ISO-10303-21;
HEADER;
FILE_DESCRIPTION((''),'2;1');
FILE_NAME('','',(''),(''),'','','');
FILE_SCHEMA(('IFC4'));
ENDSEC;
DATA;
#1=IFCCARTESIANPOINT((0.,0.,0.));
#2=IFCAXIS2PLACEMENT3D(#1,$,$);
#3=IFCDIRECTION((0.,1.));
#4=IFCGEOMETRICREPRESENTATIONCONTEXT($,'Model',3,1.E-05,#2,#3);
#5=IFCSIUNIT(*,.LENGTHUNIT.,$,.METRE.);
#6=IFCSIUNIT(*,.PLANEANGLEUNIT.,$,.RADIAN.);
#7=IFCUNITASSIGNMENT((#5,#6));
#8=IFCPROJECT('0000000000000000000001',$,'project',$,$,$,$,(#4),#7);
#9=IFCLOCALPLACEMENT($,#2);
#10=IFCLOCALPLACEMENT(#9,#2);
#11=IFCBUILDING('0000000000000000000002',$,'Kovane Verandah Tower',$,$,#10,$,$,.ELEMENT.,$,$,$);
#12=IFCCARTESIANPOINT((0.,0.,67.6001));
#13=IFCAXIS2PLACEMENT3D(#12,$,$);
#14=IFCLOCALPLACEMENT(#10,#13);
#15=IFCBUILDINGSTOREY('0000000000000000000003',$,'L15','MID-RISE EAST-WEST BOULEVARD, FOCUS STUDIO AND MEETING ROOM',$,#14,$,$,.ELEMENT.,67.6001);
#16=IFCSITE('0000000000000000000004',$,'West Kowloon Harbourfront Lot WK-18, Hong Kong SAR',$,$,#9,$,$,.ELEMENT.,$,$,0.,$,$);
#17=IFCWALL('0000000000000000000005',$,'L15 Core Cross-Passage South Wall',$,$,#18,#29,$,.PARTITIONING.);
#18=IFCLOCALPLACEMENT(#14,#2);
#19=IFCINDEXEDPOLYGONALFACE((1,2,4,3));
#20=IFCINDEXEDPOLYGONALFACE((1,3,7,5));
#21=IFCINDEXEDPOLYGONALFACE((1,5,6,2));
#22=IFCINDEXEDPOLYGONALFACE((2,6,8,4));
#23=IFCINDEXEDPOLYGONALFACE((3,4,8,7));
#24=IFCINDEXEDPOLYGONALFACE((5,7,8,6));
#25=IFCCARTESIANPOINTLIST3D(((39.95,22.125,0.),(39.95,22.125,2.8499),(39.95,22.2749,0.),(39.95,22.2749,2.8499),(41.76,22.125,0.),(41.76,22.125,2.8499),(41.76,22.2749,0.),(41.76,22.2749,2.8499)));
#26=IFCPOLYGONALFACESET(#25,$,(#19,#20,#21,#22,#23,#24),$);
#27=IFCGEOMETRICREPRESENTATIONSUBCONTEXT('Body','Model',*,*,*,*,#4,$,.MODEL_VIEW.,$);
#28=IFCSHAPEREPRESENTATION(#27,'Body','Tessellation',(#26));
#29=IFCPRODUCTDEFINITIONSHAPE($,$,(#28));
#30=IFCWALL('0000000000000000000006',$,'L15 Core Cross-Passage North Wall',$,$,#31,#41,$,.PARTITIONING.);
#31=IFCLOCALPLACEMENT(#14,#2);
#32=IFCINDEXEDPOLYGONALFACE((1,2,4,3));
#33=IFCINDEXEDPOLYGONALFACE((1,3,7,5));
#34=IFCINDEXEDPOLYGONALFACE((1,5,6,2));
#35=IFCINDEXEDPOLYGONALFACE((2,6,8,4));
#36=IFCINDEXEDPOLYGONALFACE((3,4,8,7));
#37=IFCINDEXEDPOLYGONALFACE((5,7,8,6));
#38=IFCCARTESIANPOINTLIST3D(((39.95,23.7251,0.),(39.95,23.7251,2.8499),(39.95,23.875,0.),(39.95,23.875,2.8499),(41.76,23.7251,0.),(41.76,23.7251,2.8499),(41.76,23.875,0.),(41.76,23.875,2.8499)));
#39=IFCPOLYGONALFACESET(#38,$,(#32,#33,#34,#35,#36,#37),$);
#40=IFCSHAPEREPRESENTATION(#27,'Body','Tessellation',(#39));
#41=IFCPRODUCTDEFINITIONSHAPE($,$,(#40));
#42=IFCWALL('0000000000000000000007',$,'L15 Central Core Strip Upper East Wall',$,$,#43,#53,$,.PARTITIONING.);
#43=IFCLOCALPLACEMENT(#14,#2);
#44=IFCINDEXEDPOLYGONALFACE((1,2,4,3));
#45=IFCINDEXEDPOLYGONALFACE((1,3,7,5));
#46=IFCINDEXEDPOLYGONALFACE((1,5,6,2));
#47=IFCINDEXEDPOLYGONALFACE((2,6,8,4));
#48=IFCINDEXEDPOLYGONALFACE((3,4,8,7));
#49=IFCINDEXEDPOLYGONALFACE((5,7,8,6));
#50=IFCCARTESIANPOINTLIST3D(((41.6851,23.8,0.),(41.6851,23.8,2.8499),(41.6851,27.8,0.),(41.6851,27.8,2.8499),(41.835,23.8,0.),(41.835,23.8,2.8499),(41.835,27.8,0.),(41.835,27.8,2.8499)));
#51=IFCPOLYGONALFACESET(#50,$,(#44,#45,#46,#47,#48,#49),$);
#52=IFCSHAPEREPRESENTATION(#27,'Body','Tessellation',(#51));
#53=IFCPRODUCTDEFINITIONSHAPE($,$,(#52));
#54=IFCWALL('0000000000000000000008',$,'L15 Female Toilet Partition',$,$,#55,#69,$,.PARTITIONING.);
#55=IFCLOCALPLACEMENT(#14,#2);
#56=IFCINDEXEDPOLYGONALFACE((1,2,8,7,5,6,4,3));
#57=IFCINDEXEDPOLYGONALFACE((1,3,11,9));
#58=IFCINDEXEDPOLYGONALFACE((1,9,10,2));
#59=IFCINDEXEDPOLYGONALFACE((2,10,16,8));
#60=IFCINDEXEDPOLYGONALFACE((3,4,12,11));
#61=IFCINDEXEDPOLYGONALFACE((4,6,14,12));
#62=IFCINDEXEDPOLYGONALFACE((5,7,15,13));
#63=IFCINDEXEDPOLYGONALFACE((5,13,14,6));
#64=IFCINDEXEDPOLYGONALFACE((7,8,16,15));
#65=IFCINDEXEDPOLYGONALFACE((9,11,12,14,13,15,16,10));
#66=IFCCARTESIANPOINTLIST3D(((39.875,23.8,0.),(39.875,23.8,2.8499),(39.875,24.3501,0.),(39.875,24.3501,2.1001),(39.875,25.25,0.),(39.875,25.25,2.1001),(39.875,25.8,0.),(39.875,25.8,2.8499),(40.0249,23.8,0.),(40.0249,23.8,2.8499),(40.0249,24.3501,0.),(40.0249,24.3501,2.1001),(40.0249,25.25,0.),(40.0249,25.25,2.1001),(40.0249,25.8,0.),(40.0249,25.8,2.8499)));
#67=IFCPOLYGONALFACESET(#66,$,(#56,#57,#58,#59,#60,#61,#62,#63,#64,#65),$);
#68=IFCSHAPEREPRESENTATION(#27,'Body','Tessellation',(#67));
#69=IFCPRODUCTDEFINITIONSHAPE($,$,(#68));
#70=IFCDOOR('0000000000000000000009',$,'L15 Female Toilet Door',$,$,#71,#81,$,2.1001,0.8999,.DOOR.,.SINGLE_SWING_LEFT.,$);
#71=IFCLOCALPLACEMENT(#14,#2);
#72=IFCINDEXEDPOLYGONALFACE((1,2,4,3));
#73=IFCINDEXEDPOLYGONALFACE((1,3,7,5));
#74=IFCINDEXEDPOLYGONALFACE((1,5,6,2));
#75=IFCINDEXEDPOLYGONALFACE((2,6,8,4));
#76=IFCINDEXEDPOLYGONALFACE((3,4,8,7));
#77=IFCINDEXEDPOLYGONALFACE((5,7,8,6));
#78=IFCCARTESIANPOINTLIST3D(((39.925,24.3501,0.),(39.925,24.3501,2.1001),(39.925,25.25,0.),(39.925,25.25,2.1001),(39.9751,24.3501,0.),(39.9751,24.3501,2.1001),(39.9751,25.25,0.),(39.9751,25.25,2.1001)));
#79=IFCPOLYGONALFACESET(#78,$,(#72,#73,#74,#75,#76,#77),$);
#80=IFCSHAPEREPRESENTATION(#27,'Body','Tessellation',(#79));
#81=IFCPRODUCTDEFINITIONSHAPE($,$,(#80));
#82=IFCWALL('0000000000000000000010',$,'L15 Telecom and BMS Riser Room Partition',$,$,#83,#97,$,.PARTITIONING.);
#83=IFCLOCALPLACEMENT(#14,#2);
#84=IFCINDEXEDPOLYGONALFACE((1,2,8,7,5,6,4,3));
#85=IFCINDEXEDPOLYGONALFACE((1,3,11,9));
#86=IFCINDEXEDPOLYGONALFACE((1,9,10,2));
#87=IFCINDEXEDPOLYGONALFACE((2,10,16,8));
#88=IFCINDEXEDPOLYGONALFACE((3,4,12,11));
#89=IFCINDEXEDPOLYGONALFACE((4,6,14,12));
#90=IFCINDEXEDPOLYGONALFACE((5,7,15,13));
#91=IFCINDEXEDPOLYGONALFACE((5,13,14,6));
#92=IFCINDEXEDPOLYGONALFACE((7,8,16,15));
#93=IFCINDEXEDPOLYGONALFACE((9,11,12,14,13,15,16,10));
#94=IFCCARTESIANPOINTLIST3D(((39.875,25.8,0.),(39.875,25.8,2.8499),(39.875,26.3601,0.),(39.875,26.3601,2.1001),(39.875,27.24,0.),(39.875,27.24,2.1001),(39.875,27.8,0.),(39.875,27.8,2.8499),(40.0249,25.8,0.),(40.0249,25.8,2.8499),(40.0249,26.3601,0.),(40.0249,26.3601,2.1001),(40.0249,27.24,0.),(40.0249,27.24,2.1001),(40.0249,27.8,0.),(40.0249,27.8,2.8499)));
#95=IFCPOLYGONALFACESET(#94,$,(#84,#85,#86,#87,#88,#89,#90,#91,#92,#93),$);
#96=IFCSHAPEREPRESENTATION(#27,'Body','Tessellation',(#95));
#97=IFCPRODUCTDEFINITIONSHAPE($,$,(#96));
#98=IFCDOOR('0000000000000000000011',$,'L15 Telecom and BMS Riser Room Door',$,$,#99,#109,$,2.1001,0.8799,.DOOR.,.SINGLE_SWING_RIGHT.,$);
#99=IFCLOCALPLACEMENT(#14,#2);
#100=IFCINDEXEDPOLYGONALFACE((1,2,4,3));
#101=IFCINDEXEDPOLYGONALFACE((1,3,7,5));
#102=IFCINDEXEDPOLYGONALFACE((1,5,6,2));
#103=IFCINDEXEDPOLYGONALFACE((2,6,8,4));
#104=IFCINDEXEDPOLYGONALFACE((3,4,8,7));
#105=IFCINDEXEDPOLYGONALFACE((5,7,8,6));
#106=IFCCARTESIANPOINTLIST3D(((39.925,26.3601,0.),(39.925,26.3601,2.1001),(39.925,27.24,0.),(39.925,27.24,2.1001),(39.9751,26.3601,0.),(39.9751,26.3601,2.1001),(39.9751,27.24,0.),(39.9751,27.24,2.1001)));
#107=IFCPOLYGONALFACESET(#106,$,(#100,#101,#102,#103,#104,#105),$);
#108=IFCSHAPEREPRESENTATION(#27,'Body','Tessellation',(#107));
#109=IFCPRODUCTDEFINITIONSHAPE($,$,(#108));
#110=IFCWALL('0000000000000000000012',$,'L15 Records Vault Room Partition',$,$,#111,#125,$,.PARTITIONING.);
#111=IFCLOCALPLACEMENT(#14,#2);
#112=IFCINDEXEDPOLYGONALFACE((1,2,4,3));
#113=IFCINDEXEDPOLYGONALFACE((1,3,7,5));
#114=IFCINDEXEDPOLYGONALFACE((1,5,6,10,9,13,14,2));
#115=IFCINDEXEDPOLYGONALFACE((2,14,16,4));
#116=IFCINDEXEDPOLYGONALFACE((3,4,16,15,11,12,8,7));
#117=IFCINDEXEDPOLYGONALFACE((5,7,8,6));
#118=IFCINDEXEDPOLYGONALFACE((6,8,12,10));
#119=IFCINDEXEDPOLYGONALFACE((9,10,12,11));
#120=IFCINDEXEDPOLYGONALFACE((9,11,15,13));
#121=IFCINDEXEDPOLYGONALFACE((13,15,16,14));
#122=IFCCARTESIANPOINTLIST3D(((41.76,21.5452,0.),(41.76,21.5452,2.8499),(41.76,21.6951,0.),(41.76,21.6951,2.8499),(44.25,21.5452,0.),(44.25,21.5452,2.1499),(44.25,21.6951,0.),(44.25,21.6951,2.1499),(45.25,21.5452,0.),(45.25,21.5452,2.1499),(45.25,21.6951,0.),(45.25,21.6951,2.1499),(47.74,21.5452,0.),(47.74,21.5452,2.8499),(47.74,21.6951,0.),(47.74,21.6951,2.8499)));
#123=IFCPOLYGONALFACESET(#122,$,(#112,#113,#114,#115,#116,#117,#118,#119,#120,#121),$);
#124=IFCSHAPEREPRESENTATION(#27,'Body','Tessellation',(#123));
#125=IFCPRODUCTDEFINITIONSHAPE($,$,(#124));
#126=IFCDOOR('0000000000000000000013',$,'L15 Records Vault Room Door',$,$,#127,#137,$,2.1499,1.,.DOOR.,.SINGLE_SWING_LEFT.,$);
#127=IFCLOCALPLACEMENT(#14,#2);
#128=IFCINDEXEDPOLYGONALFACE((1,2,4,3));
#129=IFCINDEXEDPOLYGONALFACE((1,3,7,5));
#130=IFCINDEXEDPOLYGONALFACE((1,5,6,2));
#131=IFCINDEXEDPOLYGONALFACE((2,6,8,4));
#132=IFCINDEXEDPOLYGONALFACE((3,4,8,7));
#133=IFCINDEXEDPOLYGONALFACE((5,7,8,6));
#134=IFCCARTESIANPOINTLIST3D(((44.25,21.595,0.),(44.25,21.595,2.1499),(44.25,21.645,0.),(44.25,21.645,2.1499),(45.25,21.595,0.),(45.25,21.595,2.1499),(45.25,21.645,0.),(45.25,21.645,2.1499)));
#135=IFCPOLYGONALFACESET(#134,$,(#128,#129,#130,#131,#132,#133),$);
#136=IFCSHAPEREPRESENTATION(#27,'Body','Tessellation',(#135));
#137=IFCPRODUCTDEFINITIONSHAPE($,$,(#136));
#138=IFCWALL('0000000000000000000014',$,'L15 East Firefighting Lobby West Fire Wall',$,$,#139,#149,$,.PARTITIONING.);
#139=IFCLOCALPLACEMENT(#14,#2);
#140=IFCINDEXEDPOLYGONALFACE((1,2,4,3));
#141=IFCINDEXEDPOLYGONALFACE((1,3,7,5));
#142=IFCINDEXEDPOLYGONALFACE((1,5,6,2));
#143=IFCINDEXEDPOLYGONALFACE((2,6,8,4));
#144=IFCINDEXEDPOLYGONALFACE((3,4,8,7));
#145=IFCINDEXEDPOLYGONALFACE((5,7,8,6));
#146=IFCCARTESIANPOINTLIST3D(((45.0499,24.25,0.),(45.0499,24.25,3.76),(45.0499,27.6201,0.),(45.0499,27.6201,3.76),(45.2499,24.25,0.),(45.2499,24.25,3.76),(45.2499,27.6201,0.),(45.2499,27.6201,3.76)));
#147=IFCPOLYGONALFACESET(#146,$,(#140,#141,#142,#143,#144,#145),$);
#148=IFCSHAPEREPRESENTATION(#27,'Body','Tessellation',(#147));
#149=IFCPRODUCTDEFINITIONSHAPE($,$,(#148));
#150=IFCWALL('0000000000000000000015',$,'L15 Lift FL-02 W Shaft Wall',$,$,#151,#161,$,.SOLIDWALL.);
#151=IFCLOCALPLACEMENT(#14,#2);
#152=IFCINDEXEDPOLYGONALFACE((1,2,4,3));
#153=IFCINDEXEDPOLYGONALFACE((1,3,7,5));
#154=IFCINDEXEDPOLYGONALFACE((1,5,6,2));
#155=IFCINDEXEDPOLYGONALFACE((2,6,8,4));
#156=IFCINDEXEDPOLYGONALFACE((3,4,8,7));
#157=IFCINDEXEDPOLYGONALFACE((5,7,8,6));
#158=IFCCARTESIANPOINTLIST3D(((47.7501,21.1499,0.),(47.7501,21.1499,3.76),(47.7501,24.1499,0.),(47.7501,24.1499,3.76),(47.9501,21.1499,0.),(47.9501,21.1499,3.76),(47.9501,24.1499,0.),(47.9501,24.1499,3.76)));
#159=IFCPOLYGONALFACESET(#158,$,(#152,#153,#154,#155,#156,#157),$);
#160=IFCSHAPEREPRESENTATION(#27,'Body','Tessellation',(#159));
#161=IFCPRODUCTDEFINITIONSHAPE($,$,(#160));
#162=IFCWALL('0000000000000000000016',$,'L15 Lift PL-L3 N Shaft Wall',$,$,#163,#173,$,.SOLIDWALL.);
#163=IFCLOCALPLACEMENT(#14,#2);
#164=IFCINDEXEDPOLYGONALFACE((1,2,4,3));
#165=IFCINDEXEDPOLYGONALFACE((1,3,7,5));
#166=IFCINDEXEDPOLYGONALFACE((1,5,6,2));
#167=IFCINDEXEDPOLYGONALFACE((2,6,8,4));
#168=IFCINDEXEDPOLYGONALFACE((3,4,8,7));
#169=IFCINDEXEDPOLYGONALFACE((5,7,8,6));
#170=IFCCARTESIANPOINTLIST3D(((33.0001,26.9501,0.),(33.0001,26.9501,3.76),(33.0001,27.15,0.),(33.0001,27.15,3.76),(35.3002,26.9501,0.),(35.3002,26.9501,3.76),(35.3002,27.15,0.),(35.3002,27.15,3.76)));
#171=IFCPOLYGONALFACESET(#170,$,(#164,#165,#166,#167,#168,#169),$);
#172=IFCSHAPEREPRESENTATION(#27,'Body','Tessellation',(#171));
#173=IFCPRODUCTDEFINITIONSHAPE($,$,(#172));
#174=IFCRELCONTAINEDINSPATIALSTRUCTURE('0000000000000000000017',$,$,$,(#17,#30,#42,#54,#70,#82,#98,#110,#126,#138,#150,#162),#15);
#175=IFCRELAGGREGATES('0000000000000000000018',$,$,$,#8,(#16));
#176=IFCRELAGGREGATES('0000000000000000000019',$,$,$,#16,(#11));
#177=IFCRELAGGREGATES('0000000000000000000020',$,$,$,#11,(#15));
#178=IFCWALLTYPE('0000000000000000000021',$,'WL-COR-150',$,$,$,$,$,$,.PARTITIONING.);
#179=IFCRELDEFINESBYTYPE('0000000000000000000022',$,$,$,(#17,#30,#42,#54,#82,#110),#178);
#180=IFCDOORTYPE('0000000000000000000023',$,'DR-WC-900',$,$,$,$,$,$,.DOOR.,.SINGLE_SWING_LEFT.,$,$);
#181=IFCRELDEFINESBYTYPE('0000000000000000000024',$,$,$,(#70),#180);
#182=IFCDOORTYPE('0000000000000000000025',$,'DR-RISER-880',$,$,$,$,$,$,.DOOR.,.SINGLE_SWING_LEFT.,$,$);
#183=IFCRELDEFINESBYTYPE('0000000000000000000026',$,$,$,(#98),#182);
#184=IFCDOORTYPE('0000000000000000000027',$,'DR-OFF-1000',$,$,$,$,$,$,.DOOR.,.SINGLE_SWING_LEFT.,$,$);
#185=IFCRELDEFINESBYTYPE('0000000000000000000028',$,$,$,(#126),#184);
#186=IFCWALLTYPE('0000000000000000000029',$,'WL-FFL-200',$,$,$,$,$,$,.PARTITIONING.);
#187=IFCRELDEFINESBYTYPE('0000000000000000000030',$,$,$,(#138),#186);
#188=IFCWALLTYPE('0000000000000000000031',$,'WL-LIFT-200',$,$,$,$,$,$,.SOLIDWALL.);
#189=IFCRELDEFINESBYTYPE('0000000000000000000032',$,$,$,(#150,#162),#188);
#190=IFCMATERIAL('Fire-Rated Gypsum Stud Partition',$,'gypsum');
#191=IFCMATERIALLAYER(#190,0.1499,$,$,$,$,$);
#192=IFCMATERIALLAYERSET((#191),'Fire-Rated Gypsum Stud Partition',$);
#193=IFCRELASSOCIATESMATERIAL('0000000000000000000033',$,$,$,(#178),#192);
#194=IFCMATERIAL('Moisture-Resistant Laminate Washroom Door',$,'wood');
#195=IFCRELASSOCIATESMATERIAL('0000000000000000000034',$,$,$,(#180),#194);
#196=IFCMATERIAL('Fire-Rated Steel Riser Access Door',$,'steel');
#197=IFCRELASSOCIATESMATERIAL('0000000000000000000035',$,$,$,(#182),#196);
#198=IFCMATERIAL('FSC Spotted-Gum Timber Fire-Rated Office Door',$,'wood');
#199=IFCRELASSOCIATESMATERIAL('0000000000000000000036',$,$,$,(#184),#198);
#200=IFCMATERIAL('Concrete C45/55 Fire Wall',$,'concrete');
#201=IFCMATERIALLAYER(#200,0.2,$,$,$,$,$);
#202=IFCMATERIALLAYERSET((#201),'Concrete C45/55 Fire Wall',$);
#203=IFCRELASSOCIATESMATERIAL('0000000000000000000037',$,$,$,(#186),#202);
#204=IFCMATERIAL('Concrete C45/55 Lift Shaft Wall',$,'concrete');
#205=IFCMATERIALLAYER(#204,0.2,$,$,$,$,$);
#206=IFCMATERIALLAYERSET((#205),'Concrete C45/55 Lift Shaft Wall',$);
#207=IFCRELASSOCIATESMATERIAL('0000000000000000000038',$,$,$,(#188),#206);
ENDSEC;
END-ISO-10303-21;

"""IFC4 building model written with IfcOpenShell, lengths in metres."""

from ifc_helpers import new_model, si_unit, direction, frame, frame_2d, origin, place, context, subcontext, project, spatial, rectangle, extrude, material, layer, layer_set, type_object, element, fill, save


model = new_model("IFC4")

# Units and contexts
model_context = context("Model", 3, precision=1e-05, world=origin(), true_north=direction((0.0, 1.0)))
body_context = subcontext(model_context, "Body", "Model", "MODEL_VIEW")
ifc_project = project(units=[si_unit("LENGTHUNIT", "METRE"), si_unit("PLANEANGLEUNIT", "RADIAN")], contexts=[model_context])

# Site, building, storey
site_placement = place(None, origin())
site = spatial("IfcSite", under=ifc_project, at=site_placement, Name="West Kowloon Harbourfront Lot WK-18, Hong Kong SAR", CompositionType="ELEMENT", RefElevation=0.0)
building_placement = place(site_placement, origin())
building = spatial("IfcBuilding", under=site, at=building_placement, Name="Kovane Verandah Tower", CompositionType="ELEMENT")
storey_placement = place(building_placement, frame((0.0, 0.0, 67.6001)))
storey = spatial("IfcBuildingStorey", under=building, at=storey_placement, Name="L15", Description="MID-RISE EAST-WEST BOULEVARD, FOCUS STUDIO AND MEETING ROOM", CompositionType="ELEMENT", Elevation=67.6001)

# Walls
ifc_material_1 = material(Name="Fire-Rated Gypsum Stud Partition", Category="gypsum")
ifc_layer_1 = layer(ifc_material_1, 0.1499)
ifc_layer_set_1 = layer_set([ifc_layer_1], Name="Fire-Rated Gypsum Stud Partition")
wall_type_1 = type_object("IfcWallType", Name="WL-COR-150", PredefinedType="PARTITIONING", material=ifc_layer_set_1)
for number, where, z_axis, x_axis, name in (
    (1, (39.95, 22.2, 0.0), (0.0, 0.0, 1.0), (1.0, 0.0, 0.0), "L15 Core Cross-Passage South Wall"),
    (2, (39.95, 23.8, 0.0), (0.0, 0.0, 1.0), (1.0, 0.0, 0.0), "L15 Core Cross-Passage North Wall"),
):
    element("IfcWall", number, at=place(storey_placement, frame(where, z_axis=z_axis, x_axis=x_axis)), inside=storey, type_object=wall_type_1, Name=name, PredefinedType="PARTITIONING", context=body_context, shape_type="SweptSolid", body=[
        extrude(rectangle(XDim=1.8101, YDim=0.1499, at=frame_2d((0.905, 0.0))), origin(), (0.0, 0.0, 1.0), 2.8499),
    ])
wall_1_placement = place(storey_placement, frame((41.76, 23.8, 0.0), z_axis=(0.0, 0.0, 1.0), x_axis=(0.0, 1.0, 0.0)))
element("IfcWall", 3, at=wall_1_placement, inside=storey, type_object=wall_type_1, Name="L15 Central Core Strip Upper East Wall", PredefinedType="PARTITIONING", context=body_context, shape_type="SweptSolid", body=[
    extrude(rectangle(XDim=4.0, YDim=0.1499, at=frame_2d((2.0, 0.0))), origin(), (0.0, 0.0, 1.0), 2.8499),
])

# Walls, openings, doors
wall_2_placement = place(storey_placement, frame((39.95, 23.8, 0.0), z_axis=(0.0, 0.0, 1.0), x_axis=(0.0, 1.0, 0.0)))
wall_2 = element("IfcWall", 4, at=wall_2_placement, inside=storey, type_object=wall_type_1, Name="L15 Female Toilet Partition", PredefinedType="PARTITIONING", context=body_context, shape_type="SweptSolid", body=[
    extrude(rectangle(XDim=2.0, YDim=0.1499, at=frame_2d((1.0, 0.0))), origin(), (0.0, 0.0, 1.0), 2.8499),
])
opening_1_placement = place(wall_2_placement, frame((0.55, 0.0, 0.0)))
opening_1 = element("IfcOpeningElement", 5, at=opening_1_placement, cuts=wall_2, PredefinedType="OPENING", context=body_context, shape_type="SweptSolid", body=[
    extrude(rectangle(XDim=0.8999, YDim=2.1001, at=frame_2d((0.45, 1.05))), frame((0.0, 0.075, 0.0), z_axis=(0.0, -1.0, 0.0), x_axis=(1.0, 0.0, 0.0)), (0.0, 0.0, 1.0), 0.1499),
])
ifc_material_2 = material(Name="Moisture-Resistant Laminate Washroom Door", Category="wood")
door_type_1 = type_object("IfcDoorType", Name="DR-WC-900", OperationType="SINGLE_SWING_LEFT", PredefinedType="DOOR", material=ifc_material_2)
door_1_placement = place(opening_1_placement, origin())
door_1 = element("IfcDoor", 6, at=door_1_placement, inside=storey, type_object=door_type_1, Name="L15 Female Toilet Door", OperationType="SINGLE_SWING_LEFT", OverallHeight=2.1001, OverallWidth=0.8999, PredefinedType="DOOR", context=body_context, shape_type="SweptSolid", body=[
    extrude(rectangle(XDim=0.8999, YDim=2.1001, at=frame_2d((0.45, 1.05))), frame((0.0, 0.0249, 0.0), z_axis=(0.0, -1.0, 0.0), x_axis=(1.0, 0.0, 0.0)), (0.0, 0.0, 1.0), 0.05),
])
fill(opening_1, door_1)
wall_3_placement = place(storey_placement, frame((39.95, 25.8, 0.0), z_axis=(0.0, 0.0, 1.0), x_axis=(0.0, 1.0, 0.0)))
wall_3 = element("IfcWall", 7, at=wall_3_placement, inside=storey, type_object=wall_type_1, Name="L15 Telecom and BMS Riser Room Partition", PredefinedType="PARTITIONING", context=body_context, shape_type="SweptSolid", body=[
    extrude(rectangle(XDim=2.0, YDim=0.1499, at=frame_2d((1.0, 0.0))), origin(), (0.0, 0.0, 1.0), 2.8499),
])
opening_2_placement = place(wall_3_placement, frame((0.5601, 0.0, 0.0)))
opening_2 = element("IfcOpeningElement", 8, at=opening_2_placement, cuts=wall_3, PredefinedType="OPENING", context=body_context, shape_type="SweptSolid", body=[
    extrude(rectangle(XDim=0.8799, YDim=2.1001, at=frame_2d((0.4399, 1.05))), frame((0.0, 0.075, 0.0), z_axis=(0.0, -1.0, 0.0), x_axis=(1.0, 0.0, 0.0)), (0.0, 0.0, 1.0), 0.1499),
])
ifc_material_3 = material(Name="Fire-Rated Steel Riser Access Door", Category="steel")
door_type_2 = type_object("IfcDoorType", Name="DR-RISER-880", OperationType="SINGLE_SWING_LEFT", PredefinedType="DOOR", material=ifc_material_3)
door_2_placement = place(opening_2_placement, origin())
door_2 = element("IfcDoor", 9, at=door_2_placement, inside=storey, type_object=door_type_2, Name="L15 Telecom and BMS Riser Room Door", OperationType="SINGLE_SWING_RIGHT", OverallHeight=2.1001, OverallWidth=0.8799, PredefinedType="DOOR", context=body_context, shape_type="SweptSolid", body=[
    extrude(rectangle(XDim=0.8799, YDim=2.1001, at=frame_2d((0.4399, 1.05))), frame((0.0, 0.0249, 0.0), z_axis=(0.0, -1.0, 0.0), x_axis=(1.0, 0.0, 0.0)), (0.0, 0.0, 1.0), 0.05),
])
fill(opening_2, door_2)
wall_4_placement = place(storey_placement, frame((41.76, 21.6201, 0.0), z_axis=(0.0, 0.0, 1.0), x_axis=(1.0, 0.0, 0.0)))
wall_4 = element("IfcWall", 10, at=wall_4_placement, inside=storey, type_object=wall_type_1, Name="L15 Records Vault Room Partition", PredefinedType="PARTITIONING", context=body_context, shape_type="SweptSolid", body=[
    extrude(rectangle(XDim=5.98, YDim=0.1499, at=frame_2d((2.99, 0.0))), origin(), (0.0, 0.0, 1.0), 2.8499),
])
opening_3_placement = place(wall_4_placement, frame((2.49, 0.0, 0.0)))
opening_3 = element("IfcOpeningElement", 11, at=opening_3_placement, cuts=wall_4, PredefinedType="OPENING", context=body_context, shape_type="SweptSolid", body=[
    extrude(rectangle(XDim=1.0, YDim=2.1499, at=frame_2d((0.5, 1.075))), frame((0.0, 0.075, 0.0), z_axis=(0.0, -1.0, 0.0), x_axis=(1.0, 0.0, 0.0)), (0.0, 0.0, 1.0), 0.1499),
])
ifc_material_4 = material(Name="FSC Spotted-Gum Timber Fire-Rated Office Door", Category="wood")
door_type_3 = type_object("IfcDoorType", Name="DR-OFF-1000", OperationType="SINGLE_SWING_LEFT", PredefinedType="DOOR", material=ifc_material_4)
door_3_placement = place(opening_3_placement, origin())
door_3 = element("IfcDoor", 12, at=door_3_placement, inside=storey, type_object=door_type_3, Name="L15 Records Vault Room Door", OperationType="SINGLE_SWING_LEFT", OverallHeight=2.1499, OverallWidth=1.0, PredefinedType="DOOR", context=body_context, shape_type="SweptSolid", body=[
    extrude(rectangle(XDim=1.0, YDim=2.1499, at=frame_2d((0.5, 1.075))), frame((0.0, 0.0249, 0.0), z_axis=(0.0, -1.0, 0.0), x_axis=(1.0, 0.0, 0.0)), (0.0, 0.0, 1.0), 0.05),
])
fill(opening_3, door_3)
ifc_material_5 = material(Name="Concrete C45/55 Fire Wall", Category="concrete")
ifc_layer_2 = layer(ifc_material_5, 0.2)
ifc_layer_set_2 = layer_set([ifc_layer_2], Name="Concrete C45/55 Fire Wall")
wall_type_2 = type_object("IfcWallType", Name="WL-FFL-200", PredefinedType="PARTITIONING", material=ifc_layer_set_2)

# Wall
wall_5_placement = place(storey_placement, frame((45.1499, 24.25, 0.0), z_axis=(0.0, 0.0, 1.0), x_axis=(0.0, 1.0, 0.0)))
element("IfcWall", 13, at=wall_5_placement, inside=storey, type_object=wall_type_2, Name="L15 East Firefighting Lobby West Fire Wall", PredefinedType="PARTITIONING", context=body_context, shape_type="SweptSolid", body=[
    extrude(rectangle(XDim=3.3701, YDim=0.2, at=frame_2d((1.6851, 0.0))), origin(), (0.0, 0.0, 1.0), 3.76),
])

# Shared definitions
ifc_material_6 = material(Name="Concrete C45/55 Lift Shaft Wall", Category="concrete")
ifc_layer_3 = layer(ifc_material_6, 0.2)
ifc_layer_set_3 = layer_set([ifc_layer_3], Name="Concrete C45/55 Lift Shaft Wall")
wall_type_3 = type_object("IfcWallType", Name="WL-LIFT-200", PredefinedType="SOLIDWALL", material=ifc_layer_set_3)

# Wall
wall_6_placement = place(storey_placement, frame((47.8501, 24.1499, 0.0), z_axis=(0.0, 0.0, 1.0), x_axis=(0.0, -1.0, 0.0)))
element("IfcWall", 14, at=wall_6_placement, inside=storey, type_object=wall_type_3, Name="L15 Lift FL-02 W Shaft Wall", PredefinedType="SOLIDWALL", context=body_context, shape_type="SweptSolid", body=[
    extrude(rectangle(XDim=3.0, YDim=0.2, at=frame_2d((1.5, 0.0))), origin(), (0.0, 0.0, 1.0), 3.76),
])

# Wall
wall_7_placement = place(storey_placement, frame((35.3, 27.05, 0.0), z_axis=(0.0, 0.0, 1.0), x_axis=(-1.0, 0.0, 0.0)))
element("IfcWall", 15, at=wall_7_placement, inside=storey, type_object=wall_type_3, Name="L15 Lift PL-L3 N Shaft Wall", PredefinedType="SOLIDWALL", context=body_context, shape_type="SweptSolid", body=[
    extrude(rectangle(XDim=2.3, YDim=0.2, at=frame_2d((1.1499, 0.0))), origin(), (0.0, 0.0, 1.0), 3.76),
])

save(model, "model.ifc")
